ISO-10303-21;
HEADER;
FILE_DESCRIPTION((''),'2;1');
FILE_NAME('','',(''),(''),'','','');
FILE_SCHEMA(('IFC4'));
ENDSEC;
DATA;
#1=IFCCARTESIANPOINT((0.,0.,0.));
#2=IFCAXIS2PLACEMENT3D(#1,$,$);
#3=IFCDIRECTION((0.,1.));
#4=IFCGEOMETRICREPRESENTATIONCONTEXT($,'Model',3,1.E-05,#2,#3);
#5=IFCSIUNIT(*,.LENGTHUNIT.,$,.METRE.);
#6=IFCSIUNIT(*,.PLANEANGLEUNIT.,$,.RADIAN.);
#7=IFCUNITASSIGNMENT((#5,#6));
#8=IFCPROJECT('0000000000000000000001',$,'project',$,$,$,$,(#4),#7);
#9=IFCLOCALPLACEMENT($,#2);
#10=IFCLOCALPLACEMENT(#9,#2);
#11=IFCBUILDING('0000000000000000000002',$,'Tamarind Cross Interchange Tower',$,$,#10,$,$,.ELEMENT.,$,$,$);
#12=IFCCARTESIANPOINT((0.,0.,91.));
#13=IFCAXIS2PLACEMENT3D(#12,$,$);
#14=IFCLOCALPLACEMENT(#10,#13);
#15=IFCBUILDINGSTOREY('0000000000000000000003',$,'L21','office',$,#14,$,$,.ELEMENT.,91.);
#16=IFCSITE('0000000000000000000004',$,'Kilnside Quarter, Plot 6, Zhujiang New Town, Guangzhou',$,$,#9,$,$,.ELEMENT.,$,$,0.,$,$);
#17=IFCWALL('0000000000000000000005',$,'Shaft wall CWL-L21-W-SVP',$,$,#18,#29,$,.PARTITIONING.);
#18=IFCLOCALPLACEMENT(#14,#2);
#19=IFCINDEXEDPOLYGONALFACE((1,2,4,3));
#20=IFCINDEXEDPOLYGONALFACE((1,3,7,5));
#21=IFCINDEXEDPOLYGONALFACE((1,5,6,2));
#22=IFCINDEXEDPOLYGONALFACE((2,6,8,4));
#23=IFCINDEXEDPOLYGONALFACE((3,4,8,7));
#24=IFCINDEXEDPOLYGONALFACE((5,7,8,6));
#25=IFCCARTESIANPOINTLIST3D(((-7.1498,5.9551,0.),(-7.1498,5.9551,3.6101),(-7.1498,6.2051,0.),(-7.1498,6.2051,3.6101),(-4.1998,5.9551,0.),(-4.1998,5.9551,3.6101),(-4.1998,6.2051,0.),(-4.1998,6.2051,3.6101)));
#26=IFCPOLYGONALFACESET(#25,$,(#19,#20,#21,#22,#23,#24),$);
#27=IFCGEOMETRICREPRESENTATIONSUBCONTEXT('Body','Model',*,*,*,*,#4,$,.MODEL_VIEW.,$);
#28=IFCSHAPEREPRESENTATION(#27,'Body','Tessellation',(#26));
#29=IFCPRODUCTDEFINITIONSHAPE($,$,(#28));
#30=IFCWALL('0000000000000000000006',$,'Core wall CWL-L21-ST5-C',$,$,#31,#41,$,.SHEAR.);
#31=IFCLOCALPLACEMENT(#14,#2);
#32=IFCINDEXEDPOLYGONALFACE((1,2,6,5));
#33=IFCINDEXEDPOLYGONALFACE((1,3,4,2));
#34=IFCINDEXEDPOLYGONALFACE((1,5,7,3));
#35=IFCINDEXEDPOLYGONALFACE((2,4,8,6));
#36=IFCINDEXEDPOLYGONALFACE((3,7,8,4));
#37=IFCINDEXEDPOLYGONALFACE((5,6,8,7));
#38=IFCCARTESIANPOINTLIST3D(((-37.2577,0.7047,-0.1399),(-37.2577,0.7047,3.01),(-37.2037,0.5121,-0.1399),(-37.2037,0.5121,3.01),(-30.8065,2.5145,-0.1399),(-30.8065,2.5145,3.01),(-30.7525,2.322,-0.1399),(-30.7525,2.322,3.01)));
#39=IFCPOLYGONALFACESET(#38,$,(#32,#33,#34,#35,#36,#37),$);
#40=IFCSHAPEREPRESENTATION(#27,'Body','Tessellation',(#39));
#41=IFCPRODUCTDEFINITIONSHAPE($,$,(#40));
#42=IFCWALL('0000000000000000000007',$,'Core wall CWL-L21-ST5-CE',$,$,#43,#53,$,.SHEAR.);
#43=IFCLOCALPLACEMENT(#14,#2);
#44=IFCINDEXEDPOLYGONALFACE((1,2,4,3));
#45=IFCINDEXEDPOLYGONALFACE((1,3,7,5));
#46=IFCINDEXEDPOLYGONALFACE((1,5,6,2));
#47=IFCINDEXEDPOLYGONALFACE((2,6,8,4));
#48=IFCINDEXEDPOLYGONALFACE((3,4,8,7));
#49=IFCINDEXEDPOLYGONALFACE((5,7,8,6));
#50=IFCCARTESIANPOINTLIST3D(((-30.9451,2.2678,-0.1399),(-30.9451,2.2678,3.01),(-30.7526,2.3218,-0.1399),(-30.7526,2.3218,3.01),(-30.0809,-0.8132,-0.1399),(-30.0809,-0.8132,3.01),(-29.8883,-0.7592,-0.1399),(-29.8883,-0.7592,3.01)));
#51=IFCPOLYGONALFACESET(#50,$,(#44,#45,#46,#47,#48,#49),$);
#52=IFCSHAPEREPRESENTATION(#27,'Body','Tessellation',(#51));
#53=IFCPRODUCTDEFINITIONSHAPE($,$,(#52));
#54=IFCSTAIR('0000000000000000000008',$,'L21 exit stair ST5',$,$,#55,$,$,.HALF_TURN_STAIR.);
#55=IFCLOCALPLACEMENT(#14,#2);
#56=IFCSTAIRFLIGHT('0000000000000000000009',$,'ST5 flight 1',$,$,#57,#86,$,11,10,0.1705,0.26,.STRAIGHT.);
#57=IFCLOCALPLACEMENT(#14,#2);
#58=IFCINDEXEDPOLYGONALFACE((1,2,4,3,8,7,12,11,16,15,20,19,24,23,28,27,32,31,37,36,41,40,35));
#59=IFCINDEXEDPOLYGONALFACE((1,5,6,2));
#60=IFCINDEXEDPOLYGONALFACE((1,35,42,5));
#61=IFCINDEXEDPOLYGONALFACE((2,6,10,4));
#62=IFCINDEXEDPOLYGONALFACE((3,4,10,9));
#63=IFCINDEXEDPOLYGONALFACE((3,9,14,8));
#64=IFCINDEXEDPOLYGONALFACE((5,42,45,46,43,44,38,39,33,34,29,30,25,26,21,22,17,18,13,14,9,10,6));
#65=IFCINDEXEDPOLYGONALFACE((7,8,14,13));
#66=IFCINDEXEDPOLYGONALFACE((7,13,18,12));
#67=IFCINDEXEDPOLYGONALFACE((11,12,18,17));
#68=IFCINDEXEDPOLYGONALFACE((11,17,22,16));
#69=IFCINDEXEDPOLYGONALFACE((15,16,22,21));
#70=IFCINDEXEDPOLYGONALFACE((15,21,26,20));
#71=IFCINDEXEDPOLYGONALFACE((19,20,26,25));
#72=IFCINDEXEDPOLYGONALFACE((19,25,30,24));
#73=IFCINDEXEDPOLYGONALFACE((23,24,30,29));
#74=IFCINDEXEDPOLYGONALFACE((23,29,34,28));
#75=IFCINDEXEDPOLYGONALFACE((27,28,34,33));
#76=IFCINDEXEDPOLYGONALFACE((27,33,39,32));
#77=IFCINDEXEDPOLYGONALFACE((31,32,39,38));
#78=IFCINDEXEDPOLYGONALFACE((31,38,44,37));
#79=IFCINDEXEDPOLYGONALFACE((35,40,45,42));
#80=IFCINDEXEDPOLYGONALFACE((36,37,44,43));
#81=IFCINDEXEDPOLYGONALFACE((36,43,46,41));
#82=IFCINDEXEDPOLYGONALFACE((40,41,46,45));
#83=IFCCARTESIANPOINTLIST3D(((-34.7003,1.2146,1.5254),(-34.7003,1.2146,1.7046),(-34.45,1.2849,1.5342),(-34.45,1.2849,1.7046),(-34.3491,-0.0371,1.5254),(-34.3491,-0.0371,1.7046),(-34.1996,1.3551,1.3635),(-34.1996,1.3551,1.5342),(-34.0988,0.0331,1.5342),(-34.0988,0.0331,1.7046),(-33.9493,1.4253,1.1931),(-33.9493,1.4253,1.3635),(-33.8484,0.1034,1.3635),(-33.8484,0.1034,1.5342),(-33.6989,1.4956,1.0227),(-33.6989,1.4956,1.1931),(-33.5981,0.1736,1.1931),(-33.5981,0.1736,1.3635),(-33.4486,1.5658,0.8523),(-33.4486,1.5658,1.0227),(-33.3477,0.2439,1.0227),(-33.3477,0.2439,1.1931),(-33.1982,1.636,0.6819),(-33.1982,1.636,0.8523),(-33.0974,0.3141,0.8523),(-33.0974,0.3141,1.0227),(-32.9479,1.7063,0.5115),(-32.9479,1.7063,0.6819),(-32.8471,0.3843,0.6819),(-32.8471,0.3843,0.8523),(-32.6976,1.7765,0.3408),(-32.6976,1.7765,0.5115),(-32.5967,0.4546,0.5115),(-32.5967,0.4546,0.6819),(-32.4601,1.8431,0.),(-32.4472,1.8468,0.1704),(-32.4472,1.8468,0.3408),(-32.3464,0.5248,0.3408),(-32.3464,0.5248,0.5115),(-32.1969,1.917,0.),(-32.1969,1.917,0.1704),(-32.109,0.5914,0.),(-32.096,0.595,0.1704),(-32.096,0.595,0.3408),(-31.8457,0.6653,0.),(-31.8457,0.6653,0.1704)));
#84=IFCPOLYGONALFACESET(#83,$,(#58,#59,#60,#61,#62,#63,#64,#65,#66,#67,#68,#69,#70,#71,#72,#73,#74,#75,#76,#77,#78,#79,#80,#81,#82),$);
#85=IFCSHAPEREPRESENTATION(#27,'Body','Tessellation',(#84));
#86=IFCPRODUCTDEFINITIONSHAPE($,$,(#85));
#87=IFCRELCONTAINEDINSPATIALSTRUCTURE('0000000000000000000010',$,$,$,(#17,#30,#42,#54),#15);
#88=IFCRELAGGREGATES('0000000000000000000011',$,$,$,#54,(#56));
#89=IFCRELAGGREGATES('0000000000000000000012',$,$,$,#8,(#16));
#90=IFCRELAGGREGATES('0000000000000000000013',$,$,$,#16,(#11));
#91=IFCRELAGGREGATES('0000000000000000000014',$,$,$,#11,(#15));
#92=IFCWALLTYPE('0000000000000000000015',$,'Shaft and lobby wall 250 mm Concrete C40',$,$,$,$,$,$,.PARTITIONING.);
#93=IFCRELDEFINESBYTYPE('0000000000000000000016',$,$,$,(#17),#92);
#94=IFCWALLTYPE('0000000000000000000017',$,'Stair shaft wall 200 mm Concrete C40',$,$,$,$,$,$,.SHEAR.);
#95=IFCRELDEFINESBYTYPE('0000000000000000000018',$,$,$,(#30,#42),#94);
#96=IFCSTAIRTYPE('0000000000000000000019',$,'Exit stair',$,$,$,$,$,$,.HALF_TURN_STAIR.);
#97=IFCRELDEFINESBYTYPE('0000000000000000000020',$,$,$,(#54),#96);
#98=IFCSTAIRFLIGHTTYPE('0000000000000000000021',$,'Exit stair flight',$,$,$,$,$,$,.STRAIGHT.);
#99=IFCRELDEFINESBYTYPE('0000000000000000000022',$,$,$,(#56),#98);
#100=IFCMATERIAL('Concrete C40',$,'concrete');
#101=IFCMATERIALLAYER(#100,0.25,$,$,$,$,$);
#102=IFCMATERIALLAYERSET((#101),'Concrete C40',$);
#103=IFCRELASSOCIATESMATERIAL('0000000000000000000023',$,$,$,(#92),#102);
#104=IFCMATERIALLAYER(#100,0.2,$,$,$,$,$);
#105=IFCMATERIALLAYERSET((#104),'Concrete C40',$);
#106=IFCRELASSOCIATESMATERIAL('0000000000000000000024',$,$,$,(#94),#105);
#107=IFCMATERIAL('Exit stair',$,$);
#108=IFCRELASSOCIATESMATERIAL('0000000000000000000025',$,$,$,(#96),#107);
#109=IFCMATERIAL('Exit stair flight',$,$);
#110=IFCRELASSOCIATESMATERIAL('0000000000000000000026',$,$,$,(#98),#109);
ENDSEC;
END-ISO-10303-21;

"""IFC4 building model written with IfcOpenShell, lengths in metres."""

from ifc_helpers import new_model, si_unit, direction, frame, frame_2d, origin, place, context, subcontext, project, spatial, polyline, rectangle, outline, extrude, material, layer, layer_set, type_object, element, aggregate, save


model = new_model("IFC4")

# Units and contexts
model_context = context("Model", 3, precision=1e-05, world=origin(), true_north=direction((0.0, 1.0)))
body_context = subcontext(model_context, "Body", "Model", "MODEL_VIEW")
ifc_project = project(units=[si_unit("LENGTHUNIT", "METRE"), si_unit("PLANEANGLEUNIT", "RADIAN")], contexts=[model_context])

# Site, building, storey
site_placement = place(None, origin())
site = spatial("IfcSite", under=ifc_project, at=site_placement, Name="Kilnside Quarter, Plot 6, Zhujiang New Town, Guangzhou", CompositionType="ELEMENT", RefElevation=0.0)
building_placement = place(site_placement, origin())
building = spatial("IfcBuilding", under=site, at=building_placement, Name="Tamarind Cross Interchange Tower", CompositionType="ELEMENT")
storey_placement = place(building_placement, frame((0.0, 0.0, 91.0)))
storey = spatial("IfcBuildingStorey", under=building, at=storey_placement, Name="L21", Description="office", CompositionType="ELEMENT", Elevation=91.0)

# Walls
ifc_material_1 = material(Name="Concrete C40", Category="concrete")
ifc_layer_1 = layer(ifc_material_1, 0.25)
ifc_layer_set_1 = layer_set([ifc_layer_1], Name="Concrete C40")
wall_type_1 = type_object("IfcWallType", Name="Shaft and lobby wall 250 mm Concrete C40", PredefinedType="PARTITIONING", material=ifc_layer_set_1)
wall_1_placement = place(storey_placement, frame((-7.1499, 6.0801, 0.0), z_axis=(0.0, 0.0, 1.0), x_axis=(1.0, 0.0, 0.0)))
element("IfcWall", 1, at=wall_1_placement, inside=storey, type_object=wall_type_1, Name="Shaft wall CWL-L21-W-SVP", PredefinedType="PARTITIONING", context=body_context, shape_type="SweptSolid", body=[
    extrude(rectangle(XDim=2.95, YDim=0.25, at=frame_2d((1.4751, 0.0))), origin(), (0.0, 0.0, 1.0), 3.6101),
])
ifc_layer_2 = layer(ifc_material_1, 0.2)
ifc_layer_set_2 = layer_set([ifc_layer_2], Name="Concrete C40")
wall_type_2 = type_object("IfcWallType", Name="Stair shaft wall 200 mm Concrete C40", PredefinedType="SHEAR", material=ifc_layer_set_2)
wall_2_placement = place(storey_placement, frame((-30.7795, 2.4182, -0.1399), z_axis=(0.0, 0.0, 1.0), x_axis=(-0.962829, -0.270112, 0.0)))
element("IfcWall", 2, at=wall_2_placement, inside=storey, type_object=wall_type_2, Name="Core wall CWL-L21-ST5-C", PredefinedType="SHEAR", context=body_context, shape_type="SweptSolid", body=[
    extrude(rectangle(XDim=6.7002, YDim=0.2, at=frame_2d((3.3501, 0.0))), origin(), (0.0, 0.0, 1.0), 3.1499),
])
wall_3_placement = place(storey_placement, frame((-30.8489, 2.2949, -0.1399), z_axis=(0.0, 0.0, 1.0), x_axis=(0.270083, -0.962837, 0.0)))
element("IfcWall", 3, at=wall_3_placement, inside=storey, type_object=wall_type_2, Name="Core wall CWL-L21-ST5-CE", PredefinedType="SHEAR", context=body_context, shape_type="SweptSolid", body=[
    extrude(rectangle(XDim=3.2, YDim=0.2, at=frame_2d((1.6001, 0.0))), origin(), (0.0, 0.0, 1.0), 3.1499),
])

# Stair, stair flight
ifc_material_2 = material(Name="Exit stair")
stair_type = type_object("IfcStairType", Name="Exit stair", PredefinedType="HALF_TURN_STAIR", material=ifc_material_2)
stair_placement = place(storey_placement, origin())
stair = element("IfcStair", 4, at=stair_placement, inside=storey, type_object=stair_type, Name="L21 exit stair ST5", PredefinedType="HALF_TURN_STAIR")
ifc_material_3 = material(Name="Exit stair flight")
stair_flight_type = type_object("IfcStairFlightType", Name="Exit stair flight", PredefinedType="STRAIGHT", material=ifc_material_3)
stair_flight_placement = place(storey_placement, frame((-32.0212, 1.291, 0.0), z_axis=(0.0, 0.0, 1.0), x_axis=(-0.962824, -0.27013, 0.0)))
stair_flight = element("IfcStairFlight", 5, at=stair_flight_placement, type_object=stair_flight_type, Name="ST5 flight 1", NumberOfRisers=11, NumberOfTreads=10, PredefinedType="STRAIGHT", RiserHeight=0.1705, TreadLength=0.26, context=body_context, shape_type="SweptSolid", body=[
    extrude(outline(polyline([(0.0, 0.0), (0.0, 0.1704), (0.26, 0.1704), (0.26, 0.3408), (0.52, 0.3408), (0.52, 0.5115), (0.78, 0.5115), (0.78, 0.6819), (1.04, 0.6819), (1.04, 0.8523), (1.3, 0.8523), (1.3, 1.0227), (1.5601, 1.0227), (1.5601, 1.1931), (1.8201, 1.1931), (1.8201, 1.3635), (2.0801, 1.3635), (2.0801, 1.5342), (2.3401, 1.5342), (2.3401, 1.7046), (2.6001, 1.7046), (2.6001, 1.875), (2.6001, 1.5254), (0.2734, 0.0), (0.0, 0.0)])), frame((0.0, 0.6499, 0.0), z_axis=(0.0, -1.0, 0.0), x_axis=(1.0, 0.0, 0.0)), (0.0, 0.0, 1.0), 1.3),
])
aggregate(stair, [stair_flight])

save(model, "model.ifc")
